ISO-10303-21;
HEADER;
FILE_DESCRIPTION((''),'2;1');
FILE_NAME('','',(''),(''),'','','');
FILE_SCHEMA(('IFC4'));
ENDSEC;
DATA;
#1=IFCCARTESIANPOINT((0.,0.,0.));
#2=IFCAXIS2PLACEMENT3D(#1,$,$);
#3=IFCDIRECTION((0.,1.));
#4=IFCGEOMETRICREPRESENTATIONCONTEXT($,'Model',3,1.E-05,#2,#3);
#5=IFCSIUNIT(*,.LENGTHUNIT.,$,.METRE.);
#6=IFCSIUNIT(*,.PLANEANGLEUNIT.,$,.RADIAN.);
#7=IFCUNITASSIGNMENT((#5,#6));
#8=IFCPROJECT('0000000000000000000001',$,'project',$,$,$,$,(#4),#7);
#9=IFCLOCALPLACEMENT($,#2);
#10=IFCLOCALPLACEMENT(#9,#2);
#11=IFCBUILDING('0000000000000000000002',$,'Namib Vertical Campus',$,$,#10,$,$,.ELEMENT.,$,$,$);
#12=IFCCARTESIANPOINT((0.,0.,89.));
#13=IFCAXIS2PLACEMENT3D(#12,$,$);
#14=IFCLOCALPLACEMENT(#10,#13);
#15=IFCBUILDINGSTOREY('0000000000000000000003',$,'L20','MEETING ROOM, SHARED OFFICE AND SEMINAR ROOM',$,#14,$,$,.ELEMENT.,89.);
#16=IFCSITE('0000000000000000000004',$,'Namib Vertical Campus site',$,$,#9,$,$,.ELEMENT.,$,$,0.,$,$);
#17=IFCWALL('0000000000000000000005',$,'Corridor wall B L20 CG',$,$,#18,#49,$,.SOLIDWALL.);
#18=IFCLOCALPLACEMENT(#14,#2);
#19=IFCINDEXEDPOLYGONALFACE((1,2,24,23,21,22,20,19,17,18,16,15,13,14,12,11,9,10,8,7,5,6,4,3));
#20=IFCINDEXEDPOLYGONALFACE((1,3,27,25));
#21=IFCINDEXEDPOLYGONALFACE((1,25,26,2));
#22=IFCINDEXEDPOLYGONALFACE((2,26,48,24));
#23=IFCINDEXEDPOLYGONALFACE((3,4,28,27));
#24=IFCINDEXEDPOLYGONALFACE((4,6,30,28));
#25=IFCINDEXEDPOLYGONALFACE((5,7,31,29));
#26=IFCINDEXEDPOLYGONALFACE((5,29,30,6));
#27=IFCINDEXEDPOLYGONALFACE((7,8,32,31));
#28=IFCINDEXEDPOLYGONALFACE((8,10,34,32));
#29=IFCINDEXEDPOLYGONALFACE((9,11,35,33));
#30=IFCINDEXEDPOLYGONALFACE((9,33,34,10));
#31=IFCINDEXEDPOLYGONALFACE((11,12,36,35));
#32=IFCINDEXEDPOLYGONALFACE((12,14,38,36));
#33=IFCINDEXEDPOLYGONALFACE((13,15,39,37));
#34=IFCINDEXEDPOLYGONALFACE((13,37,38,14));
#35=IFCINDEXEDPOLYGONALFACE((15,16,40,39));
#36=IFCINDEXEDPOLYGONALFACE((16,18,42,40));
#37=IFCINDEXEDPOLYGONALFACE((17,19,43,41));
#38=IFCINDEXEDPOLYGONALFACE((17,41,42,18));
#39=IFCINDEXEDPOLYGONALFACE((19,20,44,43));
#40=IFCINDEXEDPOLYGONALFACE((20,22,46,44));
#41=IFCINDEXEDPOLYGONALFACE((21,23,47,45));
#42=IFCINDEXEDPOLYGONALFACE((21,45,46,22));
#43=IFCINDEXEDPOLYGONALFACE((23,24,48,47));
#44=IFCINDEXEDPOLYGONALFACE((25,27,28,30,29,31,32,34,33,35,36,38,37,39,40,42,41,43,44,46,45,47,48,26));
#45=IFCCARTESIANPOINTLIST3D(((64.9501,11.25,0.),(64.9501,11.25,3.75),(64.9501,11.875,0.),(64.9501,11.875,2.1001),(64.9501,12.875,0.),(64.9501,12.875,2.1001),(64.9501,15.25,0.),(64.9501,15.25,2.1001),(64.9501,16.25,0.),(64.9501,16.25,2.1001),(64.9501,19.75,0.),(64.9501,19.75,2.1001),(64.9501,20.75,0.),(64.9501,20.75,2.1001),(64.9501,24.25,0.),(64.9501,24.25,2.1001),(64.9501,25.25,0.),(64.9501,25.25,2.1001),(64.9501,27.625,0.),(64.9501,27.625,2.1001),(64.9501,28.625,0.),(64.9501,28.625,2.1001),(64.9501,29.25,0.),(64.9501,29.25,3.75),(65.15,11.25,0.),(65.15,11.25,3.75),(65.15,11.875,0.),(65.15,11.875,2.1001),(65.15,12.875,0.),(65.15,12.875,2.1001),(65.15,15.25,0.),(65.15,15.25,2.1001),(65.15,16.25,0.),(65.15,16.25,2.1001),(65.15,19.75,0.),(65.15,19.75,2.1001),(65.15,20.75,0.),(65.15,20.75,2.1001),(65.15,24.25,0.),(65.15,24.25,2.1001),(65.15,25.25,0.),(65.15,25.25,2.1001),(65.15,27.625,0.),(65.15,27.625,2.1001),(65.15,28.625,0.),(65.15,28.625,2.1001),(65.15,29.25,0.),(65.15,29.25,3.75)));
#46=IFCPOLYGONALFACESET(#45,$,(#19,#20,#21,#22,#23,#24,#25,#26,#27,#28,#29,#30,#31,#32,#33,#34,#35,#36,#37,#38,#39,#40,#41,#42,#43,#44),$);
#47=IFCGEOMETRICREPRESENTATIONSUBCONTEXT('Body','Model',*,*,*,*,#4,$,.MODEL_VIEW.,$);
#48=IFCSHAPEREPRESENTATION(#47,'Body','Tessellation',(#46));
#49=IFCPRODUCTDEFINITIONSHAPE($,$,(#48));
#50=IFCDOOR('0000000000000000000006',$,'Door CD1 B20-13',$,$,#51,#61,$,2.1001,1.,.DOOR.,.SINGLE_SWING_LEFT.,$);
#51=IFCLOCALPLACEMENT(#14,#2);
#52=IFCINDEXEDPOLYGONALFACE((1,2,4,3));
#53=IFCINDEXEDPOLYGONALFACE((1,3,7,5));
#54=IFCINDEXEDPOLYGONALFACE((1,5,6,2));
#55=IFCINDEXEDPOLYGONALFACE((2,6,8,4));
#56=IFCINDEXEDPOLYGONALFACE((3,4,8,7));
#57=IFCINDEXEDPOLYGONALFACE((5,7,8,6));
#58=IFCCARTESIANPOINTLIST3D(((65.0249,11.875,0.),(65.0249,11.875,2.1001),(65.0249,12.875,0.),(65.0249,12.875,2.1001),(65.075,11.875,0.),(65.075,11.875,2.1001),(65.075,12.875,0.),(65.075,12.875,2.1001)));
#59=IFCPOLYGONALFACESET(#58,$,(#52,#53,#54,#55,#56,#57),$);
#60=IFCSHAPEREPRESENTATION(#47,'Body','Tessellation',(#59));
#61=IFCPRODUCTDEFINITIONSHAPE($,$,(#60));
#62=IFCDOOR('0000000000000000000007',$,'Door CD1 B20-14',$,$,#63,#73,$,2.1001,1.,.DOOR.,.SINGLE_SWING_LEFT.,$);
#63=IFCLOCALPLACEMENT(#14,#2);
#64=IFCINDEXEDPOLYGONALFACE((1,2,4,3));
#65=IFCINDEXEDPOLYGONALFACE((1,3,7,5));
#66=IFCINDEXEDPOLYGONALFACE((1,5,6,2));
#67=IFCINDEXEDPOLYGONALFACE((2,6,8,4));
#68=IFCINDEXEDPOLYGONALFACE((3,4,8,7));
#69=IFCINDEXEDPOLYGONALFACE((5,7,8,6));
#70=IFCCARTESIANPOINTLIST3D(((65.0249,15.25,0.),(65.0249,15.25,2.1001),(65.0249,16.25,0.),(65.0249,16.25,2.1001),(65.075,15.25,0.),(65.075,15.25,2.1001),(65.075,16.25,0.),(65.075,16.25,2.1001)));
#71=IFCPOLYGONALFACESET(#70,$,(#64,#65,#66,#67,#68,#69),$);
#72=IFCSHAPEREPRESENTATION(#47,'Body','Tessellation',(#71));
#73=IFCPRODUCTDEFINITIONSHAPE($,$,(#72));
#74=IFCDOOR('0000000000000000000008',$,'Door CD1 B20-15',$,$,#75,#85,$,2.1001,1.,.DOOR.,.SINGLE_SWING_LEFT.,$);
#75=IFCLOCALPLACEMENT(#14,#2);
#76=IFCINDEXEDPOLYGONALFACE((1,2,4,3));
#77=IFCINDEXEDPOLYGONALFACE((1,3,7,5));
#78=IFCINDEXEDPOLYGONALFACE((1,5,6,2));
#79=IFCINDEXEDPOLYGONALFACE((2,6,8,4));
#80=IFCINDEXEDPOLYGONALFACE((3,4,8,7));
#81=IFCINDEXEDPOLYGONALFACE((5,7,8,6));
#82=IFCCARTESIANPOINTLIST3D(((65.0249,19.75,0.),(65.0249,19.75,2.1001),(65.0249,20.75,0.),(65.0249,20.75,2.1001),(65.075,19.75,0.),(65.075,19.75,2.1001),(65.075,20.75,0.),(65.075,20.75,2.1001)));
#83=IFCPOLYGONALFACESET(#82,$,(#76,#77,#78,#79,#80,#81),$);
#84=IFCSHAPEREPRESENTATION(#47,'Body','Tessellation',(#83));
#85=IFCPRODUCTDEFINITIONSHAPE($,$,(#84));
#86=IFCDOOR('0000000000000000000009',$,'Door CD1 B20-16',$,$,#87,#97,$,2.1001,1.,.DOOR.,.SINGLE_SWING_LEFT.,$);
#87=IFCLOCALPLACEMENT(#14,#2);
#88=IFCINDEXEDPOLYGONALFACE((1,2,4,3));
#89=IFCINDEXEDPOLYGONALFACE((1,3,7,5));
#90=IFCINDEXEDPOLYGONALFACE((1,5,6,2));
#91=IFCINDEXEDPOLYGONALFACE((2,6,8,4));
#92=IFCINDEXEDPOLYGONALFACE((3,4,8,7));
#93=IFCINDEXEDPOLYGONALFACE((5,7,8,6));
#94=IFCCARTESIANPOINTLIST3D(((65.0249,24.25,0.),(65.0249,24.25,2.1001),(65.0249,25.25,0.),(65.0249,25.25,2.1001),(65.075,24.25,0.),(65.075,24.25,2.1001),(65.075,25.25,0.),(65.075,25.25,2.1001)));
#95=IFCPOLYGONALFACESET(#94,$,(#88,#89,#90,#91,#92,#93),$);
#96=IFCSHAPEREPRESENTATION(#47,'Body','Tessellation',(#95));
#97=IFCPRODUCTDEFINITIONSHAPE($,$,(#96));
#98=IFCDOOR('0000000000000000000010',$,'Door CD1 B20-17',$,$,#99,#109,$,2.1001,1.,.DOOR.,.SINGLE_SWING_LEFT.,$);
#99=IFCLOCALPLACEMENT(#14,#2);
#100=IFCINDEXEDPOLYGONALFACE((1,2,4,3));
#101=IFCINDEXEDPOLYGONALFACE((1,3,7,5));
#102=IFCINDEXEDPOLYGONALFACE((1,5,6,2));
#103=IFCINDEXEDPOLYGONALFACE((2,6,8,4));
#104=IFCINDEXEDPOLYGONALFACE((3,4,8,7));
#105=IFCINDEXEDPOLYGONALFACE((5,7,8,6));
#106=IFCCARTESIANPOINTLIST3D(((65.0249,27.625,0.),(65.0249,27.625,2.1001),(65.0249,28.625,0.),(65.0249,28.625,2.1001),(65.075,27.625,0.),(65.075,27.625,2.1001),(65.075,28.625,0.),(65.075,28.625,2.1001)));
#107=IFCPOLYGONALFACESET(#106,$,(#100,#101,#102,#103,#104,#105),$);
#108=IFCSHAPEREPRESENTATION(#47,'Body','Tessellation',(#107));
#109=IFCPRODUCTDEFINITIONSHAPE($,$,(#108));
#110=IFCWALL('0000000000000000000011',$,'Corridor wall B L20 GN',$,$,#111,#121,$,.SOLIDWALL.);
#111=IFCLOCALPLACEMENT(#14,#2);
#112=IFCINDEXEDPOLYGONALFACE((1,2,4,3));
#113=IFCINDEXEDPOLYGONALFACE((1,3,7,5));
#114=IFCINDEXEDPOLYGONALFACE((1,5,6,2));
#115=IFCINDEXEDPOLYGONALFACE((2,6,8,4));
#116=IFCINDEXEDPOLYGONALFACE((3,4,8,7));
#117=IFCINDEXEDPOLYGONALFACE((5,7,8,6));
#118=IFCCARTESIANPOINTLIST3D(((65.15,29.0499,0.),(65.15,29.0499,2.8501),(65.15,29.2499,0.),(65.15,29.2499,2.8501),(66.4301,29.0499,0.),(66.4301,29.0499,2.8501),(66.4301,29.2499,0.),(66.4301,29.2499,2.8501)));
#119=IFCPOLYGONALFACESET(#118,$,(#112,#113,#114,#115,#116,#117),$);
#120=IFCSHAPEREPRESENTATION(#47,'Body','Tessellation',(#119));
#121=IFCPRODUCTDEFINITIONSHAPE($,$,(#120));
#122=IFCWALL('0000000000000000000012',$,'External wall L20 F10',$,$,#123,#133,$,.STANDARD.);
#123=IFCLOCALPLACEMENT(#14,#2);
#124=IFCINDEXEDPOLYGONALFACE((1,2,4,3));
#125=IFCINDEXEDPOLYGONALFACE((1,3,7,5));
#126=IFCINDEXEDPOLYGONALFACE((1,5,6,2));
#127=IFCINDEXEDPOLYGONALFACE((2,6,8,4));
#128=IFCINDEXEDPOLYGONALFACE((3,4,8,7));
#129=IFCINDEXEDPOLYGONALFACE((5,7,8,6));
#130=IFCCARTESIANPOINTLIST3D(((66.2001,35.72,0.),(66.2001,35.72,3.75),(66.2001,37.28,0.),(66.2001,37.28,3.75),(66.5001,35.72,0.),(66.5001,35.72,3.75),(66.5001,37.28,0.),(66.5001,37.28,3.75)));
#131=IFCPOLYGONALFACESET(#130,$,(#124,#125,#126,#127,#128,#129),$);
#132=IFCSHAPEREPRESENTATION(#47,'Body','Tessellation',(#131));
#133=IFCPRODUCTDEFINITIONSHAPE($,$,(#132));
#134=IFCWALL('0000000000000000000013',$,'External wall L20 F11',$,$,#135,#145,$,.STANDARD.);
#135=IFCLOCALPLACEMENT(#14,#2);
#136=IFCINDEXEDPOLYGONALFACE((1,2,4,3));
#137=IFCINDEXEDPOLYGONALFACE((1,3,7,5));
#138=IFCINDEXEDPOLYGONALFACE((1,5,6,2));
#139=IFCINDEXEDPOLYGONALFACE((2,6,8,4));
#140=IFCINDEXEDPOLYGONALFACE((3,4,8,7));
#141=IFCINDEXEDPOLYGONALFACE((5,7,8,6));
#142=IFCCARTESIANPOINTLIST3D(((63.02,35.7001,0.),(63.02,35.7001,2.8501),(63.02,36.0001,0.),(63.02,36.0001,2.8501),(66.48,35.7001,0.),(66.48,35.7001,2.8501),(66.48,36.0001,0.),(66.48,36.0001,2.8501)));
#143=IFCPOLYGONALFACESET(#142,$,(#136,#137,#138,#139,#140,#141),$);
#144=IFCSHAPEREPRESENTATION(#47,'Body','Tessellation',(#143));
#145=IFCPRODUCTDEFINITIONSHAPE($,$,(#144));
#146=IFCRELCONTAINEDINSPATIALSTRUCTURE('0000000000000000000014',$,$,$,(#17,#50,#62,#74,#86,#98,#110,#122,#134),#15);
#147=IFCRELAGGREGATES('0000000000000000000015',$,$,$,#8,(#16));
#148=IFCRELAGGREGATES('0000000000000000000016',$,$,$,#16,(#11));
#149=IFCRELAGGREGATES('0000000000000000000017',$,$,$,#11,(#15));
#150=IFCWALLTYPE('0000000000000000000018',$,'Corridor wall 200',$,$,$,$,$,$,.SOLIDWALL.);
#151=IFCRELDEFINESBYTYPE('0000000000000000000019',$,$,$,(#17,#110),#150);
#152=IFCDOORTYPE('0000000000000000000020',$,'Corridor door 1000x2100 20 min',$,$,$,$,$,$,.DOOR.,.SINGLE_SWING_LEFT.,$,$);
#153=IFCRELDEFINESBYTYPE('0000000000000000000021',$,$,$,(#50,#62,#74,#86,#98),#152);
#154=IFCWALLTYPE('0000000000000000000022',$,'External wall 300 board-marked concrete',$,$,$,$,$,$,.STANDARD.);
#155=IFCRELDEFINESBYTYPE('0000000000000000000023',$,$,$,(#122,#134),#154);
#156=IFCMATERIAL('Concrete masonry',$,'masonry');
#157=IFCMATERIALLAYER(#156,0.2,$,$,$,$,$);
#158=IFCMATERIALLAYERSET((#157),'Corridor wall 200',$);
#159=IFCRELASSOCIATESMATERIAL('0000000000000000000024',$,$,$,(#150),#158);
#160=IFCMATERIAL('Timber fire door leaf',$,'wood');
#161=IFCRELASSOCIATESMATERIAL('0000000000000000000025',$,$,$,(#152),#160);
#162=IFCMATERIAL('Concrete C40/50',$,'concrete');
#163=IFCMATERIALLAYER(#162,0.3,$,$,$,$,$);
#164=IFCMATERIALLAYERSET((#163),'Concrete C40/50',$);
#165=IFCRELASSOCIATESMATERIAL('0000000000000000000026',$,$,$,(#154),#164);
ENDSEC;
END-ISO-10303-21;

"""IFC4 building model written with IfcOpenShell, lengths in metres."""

from ifc_helpers import new_model, si_unit, direction, frame, frame_2d, origin, place, context, subcontext, project, spatial, rectangle, extrude, material, layer, layer_set, type_object, element, fill, save


model = new_model("IFC4")

# Units and contexts
model_context = context("Model", 3, precision=1e-05, world=origin(), true_north=direction((0.0, 1.0)))
body_context = subcontext(model_context, "Body", "Model", "MODEL_VIEW")
ifc_project = project(units=[si_unit("LENGTHUNIT", "METRE"), si_unit("PLANEANGLEUNIT", "RADIAN")], contexts=[model_context])

# Site, building, storey
site_placement = place(None, origin())
site = spatial("IfcSite", under=ifc_project, at=site_placement, Name="Namib Vertical Campus site", CompositionType="ELEMENT", RefElevation=0.0)
building_placement = place(site_placement, origin())
building = spatial("IfcBuilding", under=site, at=building_placement, Name="Namib Vertical Campus", CompositionType="ELEMENT")
storey_placement = place(building_placement, frame((0.0, 0.0, 89.0)))
storey = spatial("IfcBuildingStorey", under=building, at=storey_placement, Name="L20", Description="MEETING ROOM, SHARED OFFICE AND SEMINAR ROOM", CompositionType="ELEMENT", Elevation=89.0)

# Wall, openings, doors
ifc_material_1 = material(Name="Concrete masonry", Category="masonry")
ifc_layer_1 = layer(ifc_material_1, 0.2)
ifc_layer_set_1 = layer_set([ifc_layer_1], Name="Corridor wall 200")
wall_type_1 = type_object("IfcWallType", Name="Corridor wall 200", PredefinedType="SOLIDWALL", material=ifc_layer_set_1)
wall_1_placement = place(storey_placement, frame((65.05, 29.25, 0.0), z_axis=(0.0, 0.0, 1.0), x_axis=(0.0, -1.0, 0.0)))
wall_1 = element("IfcWall", 1, at=wall_1_placement, inside=storey, type_object=wall_type_1, Name="Corridor wall B L20 CG", PredefinedType="SOLIDWALL", context=body_context, shape_type="SweptSolid", body=[
    extrude(rectangle(XDim=18.0, YDim=0.2, at=frame_2d((9.0, 0.0))), origin(), (0.0, 0.0, 1.0), 3.75),
])
opening_1_placement = place(wall_1_placement, frame((16.375, 0.0, 0.0)))
opening_1 = element("IfcOpeningElement", 2, at=opening_1_placement, cuts=wall_1, PredefinedType="OPENING", context=body_context, shape_type="SweptSolid", body=[
    extrude(rectangle(XDim=1.0, YDim=2.1001, at=frame_2d((0.5, 1.05))), frame((0.0, 0.1099, 0.0), z_axis=(0.0, -1.0, 0.0), x_axis=(1.0, 0.0, 0.0)), (0.0, 0.0, 1.0), 0.22),
])
opening_2_placement = place(wall_1_placement, frame((13.0, 0.0, 0.0)))
opening_2 = element("IfcOpeningElement", 3, at=opening_2_placement, cuts=wall_1, PredefinedType="OPENING", context=body_context, shape_type="SweptSolid", body=[
    extrude(rectangle(XDim=1.0, YDim=2.1001, at=frame_2d((0.5, 1.05))), frame((0.0, 0.1099, 0.0), z_axis=(0.0, -1.0, 0.0), x_axis=(1.0, 0.0, 0.0)), (0.0, 0.0, 1.0), 0.22),
])
opening_3_placement = place(wall_1_placement, frame((8.5, 0.0, 0.0)))
opening_3 = element("IfcOpeningElement", 4, at=opening_3_placement, cuts=wall_1, PredefinedType="OPENING", context=body_context, shape_type="SweptSolid", body=[
    extrude(rectangle(XDim=1.0, YDim=2.1001, at=frame_2d((0.5, 1.05))), frame((0.0, 0.1099, 0.0), z_axis=(0.0, -1.0, 0.0), x_axis=(1.0, 0.0, 0.0)), (0.0, 0.0, 1.0), 0.22),
])
opening_4_placement = place(wall_1_placement, frame((4.0, 0.0, 0.0)))
opening_4 = element("IfcOpeningElement", 5, at=opening_4_placement, cuts=wall_1, PredefinedType="OPENING", context=body_context, shape_type="SweptSolid", body=[
    extrude(rectangle(XDim=1.0, YDim=2.1001, at=frame_2d((0.5, 1.05))), frame((0.0, 0.1099, 0.0), z_axis=(0.0, -1.0, 0.0), x_axis=(1.0, 0.0, 0.0)), (0.0, 0.0, 1.0), 0.22),
])
opening_5_placement = place(wall_1_placement, frame((0.625, 0.0, 0.0)))
opening_5 = element("IfcOpeningElement", 6, at=opening_5_placement, cuts=wall_1, PredefinedType="OPENING", context=body_context, shape_type="SweptSolid", body=[
    extrude(rectangle(XDim=1.0, YDim=2.1001, at=frame_2d((0.5, 1.05))), frame((0.0, 0.1099, 0.0), z_axis=(0.0, -1.0, 0.0), x_axis=(1.0, 0.0, 0.0)), (0.0, 0.0, 1.0), 0.22),
])
ifc_material_2 = material(Name="Timber fire door leaf", Category="wood")
door_type = type_object("IfcDoorType", Name="Corridor door 1000x2100 20 min", OperationType="SINGLE_SWING_LEFT", PredefinedType="DOOR", material=ifc_material_2)
door_1_placement = place(opening_1_placement, origin())
door_1 = element("IfcDoor", 7, at=door_1_placement, inside=storey, type_object=door_type, Name="Door CD1 B20-13", OperationType="SINGLE_SWING_LEFT", OverallHeight=2.1001, OverallWidth=1.0, PredefinedType="DOOR", context=body_context, shape_type="SweptSolid", body=[
    extrude(rectangle(XDim=1.0, YDim=2.1001, at=frame_2d((0.5, 1.05))), frame((0.0, 0.0249, 0.0), z_axis=(0.0, -1.0, 0.0), x_axis=(1.0, 0.0, 0.0)), (0.0, 0.0, 1.0), 0.05),
])
fill(opening_1, door_1)
door_2_placement = place(opening_2_placement, origin())
door_2 = element("IfcDoor", 8, at=door_2_placement, inside=storey, type_object=door_type, Name="Door CD1 B20-14", OperationType="SINGLE_SWING_LEFT", OverallHeight=2.1001, OverallWidth=1.0, PredefinedType="DOOR", context=body_context, shape_type="SweptSolid", body=[
    extrude(rectangle(XDim=1.0, YDim=2.1001, at=frame_2d((0.5, 1.05))), frame((0.0, 0.0249, 0.0), z_axis=(0.0, -1.0, 0.0), x_axis=(1.0, 0.0, 0.0)), (0.0, 0.0, 1.0), 0.05),
])
fill(opening_2, door_2)
door_3_placement = place(opening_3_placement, origin())
door_3 = element("IfcDoor", 9, at=door_3_placement, inside=storey, type_object=door_type, Name="Door CD1 B20-15", OperationType="SINGLE_SWING_LEFT", OverallHeight=2.1001, OverallWidth=1.0, PredefinedType="DOOR", context=body_context, shape_type="SweptSolid", body=[
    extrude(rectangle(XDim=1.0, YDim=2.1001, at=frame_2d((0.5, 1.05))), frame((0.0, 0.0249, 0.0), z_axis=(0.0, -1.0, 0.0), x_axis=(1.0, 0.0, 0.0)), (0.0, 0.0, 1.0), 0.05),
])
fill(opening_3, door_3)
door_4_placement = place(opening_4_placement, origin())
door_4 = element("IfcDoor", 10, at=door_4_placement, inside=storey, type_object=door_type, Name="Door CD1 B20-16", OperationType="SINGLE_SWING_LEFT", OverallHeight=2.1001, OverallWidth=1.0, PredefinedType="DOOR", context=body_context, shape_type="SweptSolid", body=[
    extrude(rectangle(XDim=1.0, YDim=2.1001, at=frame_2d((0.5, 1.05))), frame((0.0, 0.0249, 0.0), z_axis=(0.0, -1.0, 0.0), x_axis=(1.0, 0.0, 0.0)), (0.0, 0.0, 1.0), 0.05),
])
fill(opening_4, door_4)
door_5_placement = place(opening_5_placement, origin())
door_5 = element("IfcDoor", 11, at=door_5_placement, inside=storey, type_object=door_type, Name="Door CD1 B20-17", OperationType="SINGLE_SWING_LEFT", OverallHeight=2.1001, OverallWidth=1.0, PredefinedType="DOOR", context=body_context, shape_type="SweptSolid", body=[
    extrude(rectangle(XDim=1.0, YDim=2.1001, at=frame_2d((0.5, 1.05))), frame((0.0, 0.0249, 0.0), z_axis=(0.0, -1.0, 0.0), x_axis=(1.0, 0.0, 0.0)), (0.0, 0.0, 1.0), 0.05),
])
fill(opening_5, door_5)

# Walls
wall_2_placement = place(storey_placement, frame((65.1499, 29.1499, 0.0), z_axis=(0.0, 0.0, 1.0), x_axis=(1.0, 0.0, 0.0)))
element("IfcWall", 12, at=wall_2_placement, inside=storey, type_object=wall_type_1, Name="Corridor wall B L20 GN", PredefinedType="SOLIDWALL", context=body_context, shape_type="SweptSolid", body=[
    extrude(rectangle(XDim=1.28, YDim=0.2, at=frame_2d((0.6401, 0.0))), origin(), (0.0, 0.0, 1.0), 2.8501),
])
ifc_material_3 = material(Name="Concrete C40/50", Category="concrete")
ifc_layer_2 = layer(ifc_material_3, 0.3)
ifc_layer_set_2 = layer_set([ifc_layer_2], Name="Concrete C40/50")
wall_type_2 = type_object("IfcWallType", Name="External wall 300 board-marked concrete", PredefinedType="STANDARD", material=ifc_layer_set_2)
wall_3_placement = place(storey_placement, frame((66.3501, 37.28, 0.0), z_axis=(0.0, 0.0, 1.0), x_axis=(0.0, -1.0, 0.0)))
element("IfcWall", 13, at=wall_3_placement, inside=storey, type_object=wall_type_2, Name="External wall L20 F10", PredefinedType="STANDARD", context=body_context, shape_type="SweptSolid", body=[
    extrude(rectangle(XDim=1.5601, YDim=0.3, at=frame_2d((0.78, 0.0))), origin(), (0.0, 0.0, 1.0), 3.75),
])
wall_4_placement = place(storey_placement, frame((66.48, 35.8501, 0.0), z_axis=(0.0, 0.0, 1.0), x_axis=(-1.0, 0.0, 0.0)))
element("IfcWall", 14, at=wall_4_placement, inside=storey, type_object=wall_type_2, Name="External wall L20 F11", PredefinedType="STANDARD", context=body_context, shape_type="SweptSolid", body=[
    extrude(rectangle(XDim=3.46, YDim=0.3, at=frame_2d((1.73, 0.0))), origin(), (0.0, 0.0, 1.0), 2.8501),
])

save(model, "model.ifc")
